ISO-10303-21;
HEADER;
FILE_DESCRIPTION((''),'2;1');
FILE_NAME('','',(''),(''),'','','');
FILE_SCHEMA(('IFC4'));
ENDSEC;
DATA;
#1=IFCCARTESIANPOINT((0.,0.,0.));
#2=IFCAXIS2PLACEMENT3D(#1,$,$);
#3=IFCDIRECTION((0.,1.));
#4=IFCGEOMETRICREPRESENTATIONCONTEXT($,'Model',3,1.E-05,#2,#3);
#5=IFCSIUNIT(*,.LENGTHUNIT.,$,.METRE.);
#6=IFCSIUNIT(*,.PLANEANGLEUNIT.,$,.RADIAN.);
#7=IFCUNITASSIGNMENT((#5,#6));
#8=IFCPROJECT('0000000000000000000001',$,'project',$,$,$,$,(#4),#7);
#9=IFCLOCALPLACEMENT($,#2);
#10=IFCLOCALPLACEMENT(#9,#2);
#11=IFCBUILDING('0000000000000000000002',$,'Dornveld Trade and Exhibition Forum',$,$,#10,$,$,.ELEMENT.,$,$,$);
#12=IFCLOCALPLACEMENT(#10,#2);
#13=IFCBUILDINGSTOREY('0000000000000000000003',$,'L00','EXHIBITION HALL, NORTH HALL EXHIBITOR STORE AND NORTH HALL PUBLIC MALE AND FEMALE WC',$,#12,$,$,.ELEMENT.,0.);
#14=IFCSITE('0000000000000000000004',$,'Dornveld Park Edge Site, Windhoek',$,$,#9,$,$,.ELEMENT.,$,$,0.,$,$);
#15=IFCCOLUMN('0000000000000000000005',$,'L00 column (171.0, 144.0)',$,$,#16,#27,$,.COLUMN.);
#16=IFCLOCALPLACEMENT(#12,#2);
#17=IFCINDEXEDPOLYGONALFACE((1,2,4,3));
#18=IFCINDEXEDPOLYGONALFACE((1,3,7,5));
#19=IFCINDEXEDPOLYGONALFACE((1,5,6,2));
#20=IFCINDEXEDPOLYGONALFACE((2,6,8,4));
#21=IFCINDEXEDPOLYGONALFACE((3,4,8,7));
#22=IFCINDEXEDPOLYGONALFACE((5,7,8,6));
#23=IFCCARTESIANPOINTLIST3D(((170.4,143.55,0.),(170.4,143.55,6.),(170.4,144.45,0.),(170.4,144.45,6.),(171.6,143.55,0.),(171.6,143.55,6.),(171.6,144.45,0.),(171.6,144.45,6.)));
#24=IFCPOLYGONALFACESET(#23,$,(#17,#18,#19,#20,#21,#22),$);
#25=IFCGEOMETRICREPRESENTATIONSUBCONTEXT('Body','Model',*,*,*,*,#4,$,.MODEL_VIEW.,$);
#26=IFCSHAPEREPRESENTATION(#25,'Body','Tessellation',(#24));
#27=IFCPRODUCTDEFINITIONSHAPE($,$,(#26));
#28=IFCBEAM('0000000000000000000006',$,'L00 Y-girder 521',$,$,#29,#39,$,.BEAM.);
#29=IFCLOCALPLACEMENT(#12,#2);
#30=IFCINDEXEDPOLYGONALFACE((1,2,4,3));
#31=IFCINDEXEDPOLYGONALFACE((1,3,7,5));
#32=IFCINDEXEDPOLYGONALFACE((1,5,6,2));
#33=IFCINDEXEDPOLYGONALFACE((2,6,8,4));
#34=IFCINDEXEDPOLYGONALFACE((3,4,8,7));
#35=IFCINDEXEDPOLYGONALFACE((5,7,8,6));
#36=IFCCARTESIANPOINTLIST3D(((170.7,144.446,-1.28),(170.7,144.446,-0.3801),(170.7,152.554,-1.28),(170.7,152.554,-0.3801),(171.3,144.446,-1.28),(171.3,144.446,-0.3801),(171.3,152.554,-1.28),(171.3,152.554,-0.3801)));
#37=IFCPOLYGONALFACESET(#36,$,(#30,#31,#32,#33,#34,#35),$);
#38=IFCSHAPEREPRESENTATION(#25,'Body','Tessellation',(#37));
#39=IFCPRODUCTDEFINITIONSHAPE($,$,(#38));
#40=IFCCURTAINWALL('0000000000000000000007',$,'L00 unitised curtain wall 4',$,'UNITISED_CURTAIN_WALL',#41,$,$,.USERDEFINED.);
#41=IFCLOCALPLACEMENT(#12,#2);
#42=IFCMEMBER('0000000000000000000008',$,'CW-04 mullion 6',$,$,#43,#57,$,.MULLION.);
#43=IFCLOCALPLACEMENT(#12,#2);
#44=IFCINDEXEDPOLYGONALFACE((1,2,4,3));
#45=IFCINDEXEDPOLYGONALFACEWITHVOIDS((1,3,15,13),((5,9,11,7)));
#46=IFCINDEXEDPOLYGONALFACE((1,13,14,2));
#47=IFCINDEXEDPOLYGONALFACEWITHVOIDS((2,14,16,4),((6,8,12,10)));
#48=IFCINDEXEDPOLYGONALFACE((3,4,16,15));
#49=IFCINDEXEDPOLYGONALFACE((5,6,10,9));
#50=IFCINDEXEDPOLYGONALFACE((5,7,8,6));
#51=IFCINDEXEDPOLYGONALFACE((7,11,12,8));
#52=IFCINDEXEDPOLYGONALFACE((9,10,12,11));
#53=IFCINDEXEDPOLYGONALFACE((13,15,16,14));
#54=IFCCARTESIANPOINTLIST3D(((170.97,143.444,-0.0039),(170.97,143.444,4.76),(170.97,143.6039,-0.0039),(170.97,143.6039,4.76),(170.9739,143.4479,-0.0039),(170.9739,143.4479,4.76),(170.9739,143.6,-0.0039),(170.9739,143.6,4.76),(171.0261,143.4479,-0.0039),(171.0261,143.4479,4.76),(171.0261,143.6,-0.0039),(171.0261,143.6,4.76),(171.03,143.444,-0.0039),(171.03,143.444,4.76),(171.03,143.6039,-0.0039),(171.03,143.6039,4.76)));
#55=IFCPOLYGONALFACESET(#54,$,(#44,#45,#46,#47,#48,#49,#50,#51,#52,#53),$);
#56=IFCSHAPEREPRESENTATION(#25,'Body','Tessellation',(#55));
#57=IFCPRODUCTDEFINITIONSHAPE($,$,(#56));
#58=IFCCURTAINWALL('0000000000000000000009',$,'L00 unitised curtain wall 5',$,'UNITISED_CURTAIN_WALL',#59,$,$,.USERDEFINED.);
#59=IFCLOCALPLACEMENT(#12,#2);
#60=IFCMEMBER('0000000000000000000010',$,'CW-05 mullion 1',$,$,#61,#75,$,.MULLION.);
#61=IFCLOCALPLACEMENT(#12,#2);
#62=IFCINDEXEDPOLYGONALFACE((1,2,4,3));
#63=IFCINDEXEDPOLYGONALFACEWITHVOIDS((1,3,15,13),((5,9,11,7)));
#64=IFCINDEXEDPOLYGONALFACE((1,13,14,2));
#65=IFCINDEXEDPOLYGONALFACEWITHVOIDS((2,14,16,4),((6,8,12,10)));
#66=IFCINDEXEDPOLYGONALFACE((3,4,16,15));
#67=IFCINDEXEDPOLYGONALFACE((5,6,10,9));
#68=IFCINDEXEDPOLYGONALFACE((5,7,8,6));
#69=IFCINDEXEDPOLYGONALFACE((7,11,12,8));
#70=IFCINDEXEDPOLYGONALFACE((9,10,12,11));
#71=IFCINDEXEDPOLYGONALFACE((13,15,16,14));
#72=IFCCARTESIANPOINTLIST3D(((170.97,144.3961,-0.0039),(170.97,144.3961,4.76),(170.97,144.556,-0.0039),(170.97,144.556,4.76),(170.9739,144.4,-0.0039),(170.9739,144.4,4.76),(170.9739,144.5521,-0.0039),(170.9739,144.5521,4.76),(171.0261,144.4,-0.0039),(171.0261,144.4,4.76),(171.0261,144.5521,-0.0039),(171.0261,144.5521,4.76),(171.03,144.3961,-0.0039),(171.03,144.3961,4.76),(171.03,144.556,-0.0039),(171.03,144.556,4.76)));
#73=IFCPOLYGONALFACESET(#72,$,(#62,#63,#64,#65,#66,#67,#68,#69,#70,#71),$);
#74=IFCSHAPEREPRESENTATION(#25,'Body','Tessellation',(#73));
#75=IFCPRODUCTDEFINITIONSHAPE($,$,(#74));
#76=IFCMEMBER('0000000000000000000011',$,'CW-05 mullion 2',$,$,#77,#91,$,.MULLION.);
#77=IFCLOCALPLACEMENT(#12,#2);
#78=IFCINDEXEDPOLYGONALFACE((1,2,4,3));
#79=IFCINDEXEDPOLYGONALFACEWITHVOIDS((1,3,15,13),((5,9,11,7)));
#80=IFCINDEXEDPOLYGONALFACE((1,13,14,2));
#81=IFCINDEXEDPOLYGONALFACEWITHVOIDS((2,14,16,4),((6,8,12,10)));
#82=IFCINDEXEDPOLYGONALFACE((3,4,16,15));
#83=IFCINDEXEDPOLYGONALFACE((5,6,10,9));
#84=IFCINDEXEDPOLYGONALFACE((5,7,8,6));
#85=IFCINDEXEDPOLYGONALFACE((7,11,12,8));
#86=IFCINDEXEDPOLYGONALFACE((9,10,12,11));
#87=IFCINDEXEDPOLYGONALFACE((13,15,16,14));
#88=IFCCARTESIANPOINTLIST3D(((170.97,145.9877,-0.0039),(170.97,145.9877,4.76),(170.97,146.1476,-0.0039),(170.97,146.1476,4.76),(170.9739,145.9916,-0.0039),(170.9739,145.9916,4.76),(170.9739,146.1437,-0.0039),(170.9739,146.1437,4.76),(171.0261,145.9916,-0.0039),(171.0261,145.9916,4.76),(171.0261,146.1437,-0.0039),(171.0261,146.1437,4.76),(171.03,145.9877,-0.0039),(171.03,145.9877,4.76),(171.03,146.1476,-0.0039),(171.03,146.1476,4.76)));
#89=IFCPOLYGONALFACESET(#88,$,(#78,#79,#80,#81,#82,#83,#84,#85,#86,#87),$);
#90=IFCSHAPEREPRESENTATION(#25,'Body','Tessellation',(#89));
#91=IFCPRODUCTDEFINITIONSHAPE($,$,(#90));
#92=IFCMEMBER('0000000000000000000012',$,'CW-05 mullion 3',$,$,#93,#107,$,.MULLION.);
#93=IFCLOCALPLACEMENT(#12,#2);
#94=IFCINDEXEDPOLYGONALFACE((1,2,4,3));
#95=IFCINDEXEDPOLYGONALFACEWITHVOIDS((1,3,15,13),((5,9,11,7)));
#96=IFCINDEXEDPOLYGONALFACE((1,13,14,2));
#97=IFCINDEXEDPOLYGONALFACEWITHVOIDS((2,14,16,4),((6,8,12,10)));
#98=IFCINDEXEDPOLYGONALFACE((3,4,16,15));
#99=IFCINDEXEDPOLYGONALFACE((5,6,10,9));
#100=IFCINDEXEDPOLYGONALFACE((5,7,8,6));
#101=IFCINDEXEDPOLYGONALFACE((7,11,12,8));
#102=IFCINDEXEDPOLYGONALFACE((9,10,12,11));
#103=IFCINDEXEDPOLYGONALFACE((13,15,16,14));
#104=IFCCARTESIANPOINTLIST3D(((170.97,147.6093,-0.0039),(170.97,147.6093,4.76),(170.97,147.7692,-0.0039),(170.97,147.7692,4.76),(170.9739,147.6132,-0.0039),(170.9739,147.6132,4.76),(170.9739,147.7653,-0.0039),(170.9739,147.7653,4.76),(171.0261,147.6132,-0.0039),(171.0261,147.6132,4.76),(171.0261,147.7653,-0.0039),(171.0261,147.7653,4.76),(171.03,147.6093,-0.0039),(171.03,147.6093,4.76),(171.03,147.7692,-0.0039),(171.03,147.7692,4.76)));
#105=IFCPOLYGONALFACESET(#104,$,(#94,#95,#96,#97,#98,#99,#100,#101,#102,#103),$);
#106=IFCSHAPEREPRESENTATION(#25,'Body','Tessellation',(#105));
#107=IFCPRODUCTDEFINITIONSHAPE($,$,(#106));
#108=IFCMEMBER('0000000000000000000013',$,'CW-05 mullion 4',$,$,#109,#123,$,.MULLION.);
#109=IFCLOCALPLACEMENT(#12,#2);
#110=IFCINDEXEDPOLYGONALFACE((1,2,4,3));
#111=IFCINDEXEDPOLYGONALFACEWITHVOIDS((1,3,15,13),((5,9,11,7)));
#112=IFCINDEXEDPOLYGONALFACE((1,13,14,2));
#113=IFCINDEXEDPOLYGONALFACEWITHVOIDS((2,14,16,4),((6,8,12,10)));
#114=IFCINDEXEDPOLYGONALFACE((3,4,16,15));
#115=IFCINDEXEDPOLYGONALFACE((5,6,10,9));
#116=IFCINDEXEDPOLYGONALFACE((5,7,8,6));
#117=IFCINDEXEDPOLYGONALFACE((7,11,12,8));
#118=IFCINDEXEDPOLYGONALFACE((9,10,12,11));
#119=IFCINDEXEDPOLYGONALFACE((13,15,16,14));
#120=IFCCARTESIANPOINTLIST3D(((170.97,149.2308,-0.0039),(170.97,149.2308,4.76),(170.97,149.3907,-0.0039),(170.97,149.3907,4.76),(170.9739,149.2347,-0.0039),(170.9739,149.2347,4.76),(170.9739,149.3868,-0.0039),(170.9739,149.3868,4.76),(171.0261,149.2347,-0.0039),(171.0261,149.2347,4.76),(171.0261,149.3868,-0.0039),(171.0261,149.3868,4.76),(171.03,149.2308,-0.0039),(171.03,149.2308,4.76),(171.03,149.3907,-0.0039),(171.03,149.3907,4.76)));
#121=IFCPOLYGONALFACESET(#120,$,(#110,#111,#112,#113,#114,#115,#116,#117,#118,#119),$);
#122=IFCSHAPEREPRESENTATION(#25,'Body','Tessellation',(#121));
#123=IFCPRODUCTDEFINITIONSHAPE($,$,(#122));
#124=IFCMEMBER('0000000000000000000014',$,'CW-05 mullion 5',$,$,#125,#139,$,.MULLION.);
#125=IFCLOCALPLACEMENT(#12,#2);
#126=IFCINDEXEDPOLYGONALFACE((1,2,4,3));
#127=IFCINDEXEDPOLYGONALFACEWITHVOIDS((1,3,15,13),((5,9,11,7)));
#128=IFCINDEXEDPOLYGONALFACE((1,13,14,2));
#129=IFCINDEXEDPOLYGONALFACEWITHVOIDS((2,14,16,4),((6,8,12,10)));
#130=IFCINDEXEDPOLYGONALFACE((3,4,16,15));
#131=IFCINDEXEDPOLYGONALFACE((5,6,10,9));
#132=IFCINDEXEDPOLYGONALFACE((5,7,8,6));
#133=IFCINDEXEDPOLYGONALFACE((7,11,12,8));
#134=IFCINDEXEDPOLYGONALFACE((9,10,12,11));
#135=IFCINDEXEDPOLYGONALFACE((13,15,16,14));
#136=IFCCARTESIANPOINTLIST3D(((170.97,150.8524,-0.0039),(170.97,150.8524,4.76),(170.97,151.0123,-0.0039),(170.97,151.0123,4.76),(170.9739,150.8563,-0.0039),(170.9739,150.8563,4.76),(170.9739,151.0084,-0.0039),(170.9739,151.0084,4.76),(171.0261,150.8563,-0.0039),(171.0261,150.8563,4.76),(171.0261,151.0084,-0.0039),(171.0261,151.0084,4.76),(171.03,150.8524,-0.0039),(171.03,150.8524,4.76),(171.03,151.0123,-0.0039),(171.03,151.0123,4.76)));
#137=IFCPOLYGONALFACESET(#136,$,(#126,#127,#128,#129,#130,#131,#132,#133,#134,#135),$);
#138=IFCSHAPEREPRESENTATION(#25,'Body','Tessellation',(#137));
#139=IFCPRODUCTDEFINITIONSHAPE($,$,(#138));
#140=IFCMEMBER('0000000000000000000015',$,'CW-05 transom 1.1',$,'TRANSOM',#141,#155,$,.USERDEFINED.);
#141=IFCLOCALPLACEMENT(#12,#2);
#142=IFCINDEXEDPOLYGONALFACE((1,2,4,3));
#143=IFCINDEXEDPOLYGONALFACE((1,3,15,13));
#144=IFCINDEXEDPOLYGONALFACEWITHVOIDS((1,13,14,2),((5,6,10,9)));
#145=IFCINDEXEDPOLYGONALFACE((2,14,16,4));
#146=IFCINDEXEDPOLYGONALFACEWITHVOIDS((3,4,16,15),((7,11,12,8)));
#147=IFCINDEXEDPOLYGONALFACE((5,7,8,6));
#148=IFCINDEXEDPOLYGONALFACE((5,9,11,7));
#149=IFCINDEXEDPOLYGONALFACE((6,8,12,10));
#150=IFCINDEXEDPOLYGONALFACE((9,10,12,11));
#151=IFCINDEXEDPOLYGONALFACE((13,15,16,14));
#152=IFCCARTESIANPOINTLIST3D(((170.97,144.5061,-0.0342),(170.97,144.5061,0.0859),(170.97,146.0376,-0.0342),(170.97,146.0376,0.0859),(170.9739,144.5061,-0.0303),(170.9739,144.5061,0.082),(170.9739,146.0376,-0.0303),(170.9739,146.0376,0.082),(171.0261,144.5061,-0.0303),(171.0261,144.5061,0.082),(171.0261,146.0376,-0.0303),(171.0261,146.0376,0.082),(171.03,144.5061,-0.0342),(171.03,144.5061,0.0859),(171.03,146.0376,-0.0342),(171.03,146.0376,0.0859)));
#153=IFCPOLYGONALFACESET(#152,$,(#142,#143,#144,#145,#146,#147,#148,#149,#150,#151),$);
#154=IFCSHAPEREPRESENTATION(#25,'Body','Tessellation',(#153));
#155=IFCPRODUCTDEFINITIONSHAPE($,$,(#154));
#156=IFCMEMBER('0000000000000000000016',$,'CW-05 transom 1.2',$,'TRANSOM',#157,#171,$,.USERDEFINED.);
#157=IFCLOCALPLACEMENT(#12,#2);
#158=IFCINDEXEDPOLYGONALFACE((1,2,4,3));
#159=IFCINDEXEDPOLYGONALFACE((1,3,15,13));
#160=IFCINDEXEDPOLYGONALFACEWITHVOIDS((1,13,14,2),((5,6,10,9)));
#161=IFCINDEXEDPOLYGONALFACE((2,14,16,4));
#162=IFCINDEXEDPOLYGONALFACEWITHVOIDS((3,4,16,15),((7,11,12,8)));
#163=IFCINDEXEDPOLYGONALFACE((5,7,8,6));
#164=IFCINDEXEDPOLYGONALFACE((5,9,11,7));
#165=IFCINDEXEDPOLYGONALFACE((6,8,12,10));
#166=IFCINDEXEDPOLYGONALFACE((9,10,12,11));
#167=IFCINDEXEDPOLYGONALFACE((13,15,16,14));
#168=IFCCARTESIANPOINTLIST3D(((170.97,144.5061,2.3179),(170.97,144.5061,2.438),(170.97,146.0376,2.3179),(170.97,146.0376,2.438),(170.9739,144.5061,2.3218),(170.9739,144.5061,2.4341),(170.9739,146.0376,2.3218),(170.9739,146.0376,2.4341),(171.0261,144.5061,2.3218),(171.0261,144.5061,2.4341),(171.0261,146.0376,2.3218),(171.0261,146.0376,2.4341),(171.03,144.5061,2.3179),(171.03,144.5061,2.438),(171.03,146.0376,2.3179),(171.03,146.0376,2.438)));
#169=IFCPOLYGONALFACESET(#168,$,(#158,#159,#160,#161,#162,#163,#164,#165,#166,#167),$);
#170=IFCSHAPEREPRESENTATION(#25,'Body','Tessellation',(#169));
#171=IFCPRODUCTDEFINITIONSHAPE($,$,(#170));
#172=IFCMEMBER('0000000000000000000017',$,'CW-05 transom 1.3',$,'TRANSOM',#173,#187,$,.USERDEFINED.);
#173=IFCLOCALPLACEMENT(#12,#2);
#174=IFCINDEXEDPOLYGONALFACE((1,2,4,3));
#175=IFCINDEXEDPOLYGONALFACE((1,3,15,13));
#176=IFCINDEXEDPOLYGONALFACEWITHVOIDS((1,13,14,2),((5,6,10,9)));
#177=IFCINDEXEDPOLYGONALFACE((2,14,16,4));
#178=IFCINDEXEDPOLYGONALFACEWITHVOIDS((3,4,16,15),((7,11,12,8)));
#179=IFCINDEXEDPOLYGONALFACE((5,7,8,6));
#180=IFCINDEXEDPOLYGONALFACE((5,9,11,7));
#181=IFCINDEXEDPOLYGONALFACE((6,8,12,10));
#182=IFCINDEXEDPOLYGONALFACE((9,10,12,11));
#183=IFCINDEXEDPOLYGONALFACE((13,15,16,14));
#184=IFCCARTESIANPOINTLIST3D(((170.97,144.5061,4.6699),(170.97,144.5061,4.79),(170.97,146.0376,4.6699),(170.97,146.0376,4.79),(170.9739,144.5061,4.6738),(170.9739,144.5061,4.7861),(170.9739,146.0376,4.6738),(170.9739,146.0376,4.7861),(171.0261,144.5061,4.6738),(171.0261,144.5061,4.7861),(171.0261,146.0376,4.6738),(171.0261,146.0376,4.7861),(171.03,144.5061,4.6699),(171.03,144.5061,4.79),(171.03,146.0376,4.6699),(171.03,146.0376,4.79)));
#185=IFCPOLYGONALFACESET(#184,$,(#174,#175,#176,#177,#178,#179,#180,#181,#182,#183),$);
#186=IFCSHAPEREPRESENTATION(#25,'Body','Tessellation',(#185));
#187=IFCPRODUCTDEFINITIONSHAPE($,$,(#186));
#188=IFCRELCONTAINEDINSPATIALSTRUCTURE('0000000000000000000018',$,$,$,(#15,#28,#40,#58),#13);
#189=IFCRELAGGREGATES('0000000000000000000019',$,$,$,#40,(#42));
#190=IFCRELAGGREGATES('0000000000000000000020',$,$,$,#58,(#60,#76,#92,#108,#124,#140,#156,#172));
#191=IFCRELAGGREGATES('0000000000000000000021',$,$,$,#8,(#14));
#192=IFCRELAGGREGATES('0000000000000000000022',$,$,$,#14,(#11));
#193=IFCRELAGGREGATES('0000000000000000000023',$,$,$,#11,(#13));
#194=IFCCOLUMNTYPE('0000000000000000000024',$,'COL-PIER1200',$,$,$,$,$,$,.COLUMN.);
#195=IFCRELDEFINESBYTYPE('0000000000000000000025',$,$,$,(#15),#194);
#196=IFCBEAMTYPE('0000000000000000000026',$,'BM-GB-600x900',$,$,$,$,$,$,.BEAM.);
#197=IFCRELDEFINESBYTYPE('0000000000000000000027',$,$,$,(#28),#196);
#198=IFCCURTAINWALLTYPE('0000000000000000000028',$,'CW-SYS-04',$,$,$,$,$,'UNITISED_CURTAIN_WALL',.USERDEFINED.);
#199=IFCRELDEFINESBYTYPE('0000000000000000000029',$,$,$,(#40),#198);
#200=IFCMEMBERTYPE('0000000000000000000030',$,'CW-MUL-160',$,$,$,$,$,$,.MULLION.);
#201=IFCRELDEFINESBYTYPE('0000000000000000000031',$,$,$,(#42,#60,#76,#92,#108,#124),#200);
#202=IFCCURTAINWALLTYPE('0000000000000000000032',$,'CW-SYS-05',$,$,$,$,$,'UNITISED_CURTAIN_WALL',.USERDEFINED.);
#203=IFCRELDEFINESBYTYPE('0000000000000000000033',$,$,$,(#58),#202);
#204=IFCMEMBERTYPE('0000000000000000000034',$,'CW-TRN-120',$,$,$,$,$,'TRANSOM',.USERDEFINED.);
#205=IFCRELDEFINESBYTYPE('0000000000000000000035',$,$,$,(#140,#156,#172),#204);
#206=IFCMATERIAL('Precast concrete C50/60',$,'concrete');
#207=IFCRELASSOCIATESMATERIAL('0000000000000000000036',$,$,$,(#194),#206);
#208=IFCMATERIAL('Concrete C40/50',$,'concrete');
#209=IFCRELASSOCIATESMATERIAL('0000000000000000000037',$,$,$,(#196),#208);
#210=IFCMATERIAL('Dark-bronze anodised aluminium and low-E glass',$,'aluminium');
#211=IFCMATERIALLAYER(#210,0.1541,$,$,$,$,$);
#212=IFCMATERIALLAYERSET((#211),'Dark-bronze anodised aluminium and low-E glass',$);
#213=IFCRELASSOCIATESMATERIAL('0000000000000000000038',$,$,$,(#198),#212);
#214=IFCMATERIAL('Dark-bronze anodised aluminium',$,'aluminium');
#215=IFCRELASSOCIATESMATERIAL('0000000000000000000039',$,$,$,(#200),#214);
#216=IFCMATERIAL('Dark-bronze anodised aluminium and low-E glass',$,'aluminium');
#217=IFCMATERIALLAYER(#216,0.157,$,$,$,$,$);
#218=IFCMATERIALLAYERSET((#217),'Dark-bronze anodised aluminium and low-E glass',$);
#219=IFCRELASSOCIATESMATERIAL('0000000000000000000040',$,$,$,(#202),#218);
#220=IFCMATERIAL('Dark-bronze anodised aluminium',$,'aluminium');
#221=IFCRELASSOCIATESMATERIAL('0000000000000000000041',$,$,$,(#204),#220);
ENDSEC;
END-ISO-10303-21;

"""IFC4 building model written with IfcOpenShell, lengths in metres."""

from ifc_helpers import new_model, si_unit, direction, frame, origin, origin_2d, place, context, subcontext, project, spatial, rectangle, hollow_rectangle, extrude, material, layer, layer_set, material_profile, profile_set, type_object, element, aggregate, save


model = new_model("IFC4")

# Units and contexts
model_context = context("Model", 3, precision=1e-05, world=origin(), true_north=direction((0.0, 1.0)))
body_context = subcontext(model_context, "Body", "Model", "MODEL_VIEW")
ifc_project = project(units=[si_unit("LENGTHUNIT", "METRE"), si_unit("PLANEANGLEUNIT", "RADIAN")], contexts=[model_context])

# Site, building, storey
site_placement = place(None, origin())
site = spatial("IfcSite", under=ifc_project, at=site_placement, Name="Dornveld Park Edge Site, Windhoek", CompositionType="ELEMENT", RefElevation=0.0)
building_placement = place(site_placement, origin())
building = spatial("IfcBuilding", under=site, at=building_placement, Name="Dornveld Trade and Exhibition Forum", CompositionType="ELEMENT")
storey_placement = place(building_placement, origin())
storey = spatial("IfcBuildingStorey", under=building, at=storey_placement, Name="L00", Description="EXHIBITION HALL, NORTH HALL EXHIBITOR STORE AND NORTH HALL PUBLIC MALE AND FEMALE WC", CompositionType="ELEMENT", Elevation=0.0)

# Column
ifc_material_1 = material(Name="Precast concrete C50/60", Category="concrete")
ifc_material_profile_1 = material_profile(ifc_material_1, rectangle(XDim=1.2, YDim=0.8999, at=origin_2d()), Name="PC-PIER 1200x900")
ifc_profile_set_1 = profile_set([ifc_material_profile_1], Name="Precast concrete C50/60")
column_type = type_object("IfcColumnType", Name="COL-PIER1200", PredefinedType="COLUMN", material=ifc_profile_set_1)
column_placement = place(storey_placement, frame((171.0, 144.0, 0.0), z_axis=(0.0, 0.0, 1.0), x_axis=(1.0, 0.0, 0.0)))
element("IfcColumn", 1, at=column_placement, inside=storey, type_object=column_type, Name="L00 column (171.0, 144.0)", PredefinedType="COLUMN", context=body_context, shape_type="SweptSolid", body=[
    extrude(rectangle(XDim=1.2, YDim=0.8999, at=origin_2d()), origin(), (0.0, 0.0, 1.0), 6.0),
])

# Beam
ifc_material_2 = material(Name="Concrete C40/50", Category="concrete")
ifc_material_profile_2 = material_profile(ifc_material_2, rectangle(XDim=0.6001, YDim=0.8999, at=origin_2d()), Name="RC-GB 600x900")
ifc_profile_set_2 = profile_set([ifc_material_profile_2], Name="Concrete C40/50")
beam_type = type_object("IfcBeamType", Name="BM-GB-600x900", PredefinedType="BEAM", material=ifc_profile_set_2)
beam_placement = place(storey_placement, frame((171.0, 144.446, -0.8301), z_axis=(0.0, 1.0, 0.0), x_axis=(-1.0, 0.0, 0.0)))
element("IfcBeam", 2, at=beam_placement, inside=storey, type_object=beam_type, Name="L00 Y-girder 521", PredefinedType="BEAM", context=body_context, shape_type="SweptSolid", body=[
    extrude(rectangle(XDim=0.6001, YDim=0.8999, at=origin_2d()), origin(), (0.0, 0.0, 1.0), 8.1079),
])

# Curtain wall, member
ifc_material_3 = material(Name="Dark-bronze anodised aluminium and low-E glass", Category="aluminium")
ifc_layer_1 = layer(ifc_material_3, 0.1541)
ifc_layer_set_1 = layer_set([ifc_layer_1], Name="Dark-bronze anodised aluminium and low-E glass")
curtain_wall_type_1 = type_object("IfcCurtainWallType", Name="CW-SYS-04", ElementType="UNITISED_CURTAIN_WALL", PredefinedType="USERDEFINED", material=ifc_layer_set_1)
curtain_wall_1_placement = place(storey_placement, origin())
curtain_wall_1 = element("IfcCurtainWall", 3, at=curtain_wall_1_placement, inside=storey, type_object=curtain_wall_type_1, Name="L00 unitised curtain wall 4", ObjectType="UNITISED_CURTAIN_WALL", PredefinedType="USERDEFINED")
ifc_material_4 = material(Name="Dark-bronze anodised aluminium", Category="aluminium")
ifc_material_profile_3 = material_profile(ifc_material_4, hollow_rectangle(XDim=0.0601, YDim=0.1599, WallThickness=0.0039, at=origin_2d()), Name="RHS 160x60x4")
ifc_profile_set_3 = profile_set([ifc_material_profile_3], Name="Dark-bronze anodised aluminium")
member_type_1 = type_object("IfcMemberType", Name="CW-MUL-160", PredefinedType="MULLION", material=ifc_profile_set_3)
member_1_placement = place(storey_placement, frame((171.0, 143.5239, -0.0039), z_axis=(0.0, 0.0, 1.0), x_axis=(-1.0, 0.0, 0.0)))
member_1 = element("IfcMember", 4, at=member_1_placement, type_object=member_type_1, Name="CW-04 mullion 6", PredefinedType="MULLION", context=body_context, shape_type="SweptSolid", body=[
    extrude(hollow_rectangle(XDim=0.0601, YDim=0.1599, WallThickness=0.0039, at=origin_2d()), origin(), (0.0, 0.0, 1.0), 4.7639),
])
aggregate(curtain_wall_1, [member_1])

# Curtain wall, members
ifc_material_5 = material(Name="Dark-bronze anodised aluminium and low-E glass", Category="aluminium")
ifc_layer_2 = layer(ifc_material_5, 0.157)
ifc_layer_set_2 = layer_set([ifc_layer_2], Name="Dark-bronze anodised aluminium and low-E glass")
curtain_wall_type_2 = type_object("IfcCurtainWallType", Name="CW-SYS-05", ElementType="UNITISED_CURTAIN_WALL", PredefinedType="USERDEFINED", material=ifc_layer_set_2)
curtain_wall_2_placement = place(storey_placement, origin())
curtain_wall_2 = element("IfcCurtainWall", 5, at=curtain_wall_2_placement, inside=storey, type_object=curtain_wall_type_2, Name="L00 unitised curtain wall 5", ObjectType="UNITISED_CURTAIN_WALL", PredefinedType="USERDEFINED")
member_2_placement = place(storey_placement, frame((171.0, 144.4761, -0.0039), z_axis=(0.0, 0.0, 1.0), x_axis=(-1.0, 0.0, 0.0)))
member_2 = element("IfcMember", 6, at=member_2_placement, type_object=member_type_1, Name="CW-05 mullion 1", PredefinedType="MULLION", context=body_context, shape_type="SweptSolid", body=[
    extrude(hollow_rectangle(XDim=0.0601, YDim=0.1599, WallThickness=0.0039, at=origin_2d()), origin(), (0.0, 0.0, 1.0), 4.7639),
])
member_3_placement = place(storey_placement, frame((171.0, 146.0676, -0.0039), z_axis=(0.0, 0.0, 1.0), x_axis=(-1.0, 0.0, 0.0)))
member_3 = element("IfcMember", 7, at=member_3_placement, type_object=member_type_1, Name="CW-05 mullion 2", PredefinedType="MULLION", context=body_context, shape_type="SweptSolid", body=[
    extrude(hollow_rectangle(XDim=0.0601, YDim=0.1599, WallThickness=0.0039, at=origin_2d()), origin(), (0.0, 0.0, 1.0), 4.7639),
])
member_4_placement = place(storey_placement, frame((171.0, 147.6892, -0.0039), z_axis=(0.0, 0.0, 1.0), x_axis=(-1.0, 0.0, 0.0)))
member_4 = element("IfcMember", 8, at=member_4_placement, type_object=member_type_1, Name="CW-05 mullion 3", PredefinedType="MULLION", context=body_context, shape_type="SweptSolid", body=[
    extrude(hollow_rectangle(XDim=0.0601, YDim=0.1599, WallThickness=0.0039, at=origin_2d()), origin(), (0.0, 0.0, 1.0), 4.7639),
])
member_5_placement = place(storey_placement, frame((171.0, 149.3108, -0.0039), z_axis=(0.0, 0.0, 1.0), x_axis=(-1.0, 0.0, 0.0)))
member_5 = element("IfcMember", 9, at=member_5_placement, type_object=member_type_1, Name="CW-05 mullion 4", PredefinedType="MULLION", context=body_context, shape_type="SweptSolid", body=[
    extrude(hollow_rectangle(XDim=0.0601, YDim=0.1599, WallThickness=0.0039, at=origin_2d()), origin(), (0.0, 0.0, 1.0), 4.7639),
])
member_6_placement = place(storey_placement, frame((171.0, 150.9324, -0.0039), z_axis=(0.0, 0.0, 1.0), x_axis=(-1.0, 0.0, 0.0)))
member_6 = element("IfcMember", 10, at=member_6_placement, type_object=member_type_1, Name="CW-05 mullion 5", PredefinedType="MULLION", context=body_context, shape_type="SweptSolid", body=[
    extrude(hollow_rectangle(XDim=0.0601, YDim=0.1599, WallThickness=0.0039, at=origin_2d()), origin(), (0.0, 0.0, 1.0), 4.7639),
])
ifc_material_6 = material(Name="Dark-bronze anodised aluminium", Category="aluminium")
ifc_material_profile_4 = material_profile(ifc_material_6, hollow_rectangle(XDim=0.0601, YDim=0.1201, WallThickness=0.0039, at=origin_2d()), Name="RHS 120x60x4")
ifc_profile_set_4 = profile_set([ifc_material_profile_4], Name="Dark-bronze anodised aluminium")
member_type_2 = type_object("IfcMemberType", Name="CW-TRN-120", ElementType="TRANSOM", PredefinedType="USERDEFINED", material=ifc_profile_set_4)
member_7_placement = place(storey_placement, frame((171.0, 144.5061, 0.0259), z_axis=(0.0, 1.0, 0.0), x_axis=(-1.0, 0.0, 0.0)))
member_7 = element("IfcMember", 11, at=member_7_placement, type_object=member_type_2, Name="CW-05 transom 1.1", ObjectType="TRANSOM", PredefinedType="USERDEFINED", context=body_context, shape_type="SweptSolid", body=[
    extrude(hollow_rectangle(XDim=0.0601, YDim=0.1201, WallThickness=0.0039, at=origin_2d()), origin(), (0.0, 0.0, 1.0), 1.5315),
])
member_8_placement = place(storey_placement, frame((171.0, 144.5061, 2.3779), z_axis=(0.0, 1.0, 0.0), x_axis=(-1.0, 0.0, 0.0)))
member_8 = element("IfcMember", 12, at=member_8_placement, type_object=member_type_2, Name="CW-05 transom 1.2", ObjectType="TRANSOM", PredefinedType="USERDEFINED", context=body_context, shape_type="SweptSolid", body=[
    extrude(hollow_rectangle(XDim=0.0601, YDim=0.1201, WallThickness=0.0039, at=origin_2d()), origin(), (0.0, 0.0, 1.0), 1.5315),
])
member_9_placement = place(storey_placement, frame((171.0, 144.5061, 4.73), z_axis=(0.0, 1.0, 0.0), x_axis=(-1.0, 0.0, 0.0)))
member_9 = element("IfcMember", 13, at=member_9_placement, type_object=member_type_2, Name="CW-05 transom 1.3", ObjectType="TRANSOM", PredefinedType="USERDEFINED", context=body_context, shape_type="SweptSolid", body=[
    extrude(hollow_rectangle(XDim=0.0601, YDim=0.1201, WallThickness=0.0039, at=origin_2d()), origin(), (0.0, 0.0, 1.0), 1.5315),
])
aggregate(curtain_wall_2, [member_2, member_3, member_4, member_5, member_6, member_7, member_8, member_9])

save(model, "model.ifc")
